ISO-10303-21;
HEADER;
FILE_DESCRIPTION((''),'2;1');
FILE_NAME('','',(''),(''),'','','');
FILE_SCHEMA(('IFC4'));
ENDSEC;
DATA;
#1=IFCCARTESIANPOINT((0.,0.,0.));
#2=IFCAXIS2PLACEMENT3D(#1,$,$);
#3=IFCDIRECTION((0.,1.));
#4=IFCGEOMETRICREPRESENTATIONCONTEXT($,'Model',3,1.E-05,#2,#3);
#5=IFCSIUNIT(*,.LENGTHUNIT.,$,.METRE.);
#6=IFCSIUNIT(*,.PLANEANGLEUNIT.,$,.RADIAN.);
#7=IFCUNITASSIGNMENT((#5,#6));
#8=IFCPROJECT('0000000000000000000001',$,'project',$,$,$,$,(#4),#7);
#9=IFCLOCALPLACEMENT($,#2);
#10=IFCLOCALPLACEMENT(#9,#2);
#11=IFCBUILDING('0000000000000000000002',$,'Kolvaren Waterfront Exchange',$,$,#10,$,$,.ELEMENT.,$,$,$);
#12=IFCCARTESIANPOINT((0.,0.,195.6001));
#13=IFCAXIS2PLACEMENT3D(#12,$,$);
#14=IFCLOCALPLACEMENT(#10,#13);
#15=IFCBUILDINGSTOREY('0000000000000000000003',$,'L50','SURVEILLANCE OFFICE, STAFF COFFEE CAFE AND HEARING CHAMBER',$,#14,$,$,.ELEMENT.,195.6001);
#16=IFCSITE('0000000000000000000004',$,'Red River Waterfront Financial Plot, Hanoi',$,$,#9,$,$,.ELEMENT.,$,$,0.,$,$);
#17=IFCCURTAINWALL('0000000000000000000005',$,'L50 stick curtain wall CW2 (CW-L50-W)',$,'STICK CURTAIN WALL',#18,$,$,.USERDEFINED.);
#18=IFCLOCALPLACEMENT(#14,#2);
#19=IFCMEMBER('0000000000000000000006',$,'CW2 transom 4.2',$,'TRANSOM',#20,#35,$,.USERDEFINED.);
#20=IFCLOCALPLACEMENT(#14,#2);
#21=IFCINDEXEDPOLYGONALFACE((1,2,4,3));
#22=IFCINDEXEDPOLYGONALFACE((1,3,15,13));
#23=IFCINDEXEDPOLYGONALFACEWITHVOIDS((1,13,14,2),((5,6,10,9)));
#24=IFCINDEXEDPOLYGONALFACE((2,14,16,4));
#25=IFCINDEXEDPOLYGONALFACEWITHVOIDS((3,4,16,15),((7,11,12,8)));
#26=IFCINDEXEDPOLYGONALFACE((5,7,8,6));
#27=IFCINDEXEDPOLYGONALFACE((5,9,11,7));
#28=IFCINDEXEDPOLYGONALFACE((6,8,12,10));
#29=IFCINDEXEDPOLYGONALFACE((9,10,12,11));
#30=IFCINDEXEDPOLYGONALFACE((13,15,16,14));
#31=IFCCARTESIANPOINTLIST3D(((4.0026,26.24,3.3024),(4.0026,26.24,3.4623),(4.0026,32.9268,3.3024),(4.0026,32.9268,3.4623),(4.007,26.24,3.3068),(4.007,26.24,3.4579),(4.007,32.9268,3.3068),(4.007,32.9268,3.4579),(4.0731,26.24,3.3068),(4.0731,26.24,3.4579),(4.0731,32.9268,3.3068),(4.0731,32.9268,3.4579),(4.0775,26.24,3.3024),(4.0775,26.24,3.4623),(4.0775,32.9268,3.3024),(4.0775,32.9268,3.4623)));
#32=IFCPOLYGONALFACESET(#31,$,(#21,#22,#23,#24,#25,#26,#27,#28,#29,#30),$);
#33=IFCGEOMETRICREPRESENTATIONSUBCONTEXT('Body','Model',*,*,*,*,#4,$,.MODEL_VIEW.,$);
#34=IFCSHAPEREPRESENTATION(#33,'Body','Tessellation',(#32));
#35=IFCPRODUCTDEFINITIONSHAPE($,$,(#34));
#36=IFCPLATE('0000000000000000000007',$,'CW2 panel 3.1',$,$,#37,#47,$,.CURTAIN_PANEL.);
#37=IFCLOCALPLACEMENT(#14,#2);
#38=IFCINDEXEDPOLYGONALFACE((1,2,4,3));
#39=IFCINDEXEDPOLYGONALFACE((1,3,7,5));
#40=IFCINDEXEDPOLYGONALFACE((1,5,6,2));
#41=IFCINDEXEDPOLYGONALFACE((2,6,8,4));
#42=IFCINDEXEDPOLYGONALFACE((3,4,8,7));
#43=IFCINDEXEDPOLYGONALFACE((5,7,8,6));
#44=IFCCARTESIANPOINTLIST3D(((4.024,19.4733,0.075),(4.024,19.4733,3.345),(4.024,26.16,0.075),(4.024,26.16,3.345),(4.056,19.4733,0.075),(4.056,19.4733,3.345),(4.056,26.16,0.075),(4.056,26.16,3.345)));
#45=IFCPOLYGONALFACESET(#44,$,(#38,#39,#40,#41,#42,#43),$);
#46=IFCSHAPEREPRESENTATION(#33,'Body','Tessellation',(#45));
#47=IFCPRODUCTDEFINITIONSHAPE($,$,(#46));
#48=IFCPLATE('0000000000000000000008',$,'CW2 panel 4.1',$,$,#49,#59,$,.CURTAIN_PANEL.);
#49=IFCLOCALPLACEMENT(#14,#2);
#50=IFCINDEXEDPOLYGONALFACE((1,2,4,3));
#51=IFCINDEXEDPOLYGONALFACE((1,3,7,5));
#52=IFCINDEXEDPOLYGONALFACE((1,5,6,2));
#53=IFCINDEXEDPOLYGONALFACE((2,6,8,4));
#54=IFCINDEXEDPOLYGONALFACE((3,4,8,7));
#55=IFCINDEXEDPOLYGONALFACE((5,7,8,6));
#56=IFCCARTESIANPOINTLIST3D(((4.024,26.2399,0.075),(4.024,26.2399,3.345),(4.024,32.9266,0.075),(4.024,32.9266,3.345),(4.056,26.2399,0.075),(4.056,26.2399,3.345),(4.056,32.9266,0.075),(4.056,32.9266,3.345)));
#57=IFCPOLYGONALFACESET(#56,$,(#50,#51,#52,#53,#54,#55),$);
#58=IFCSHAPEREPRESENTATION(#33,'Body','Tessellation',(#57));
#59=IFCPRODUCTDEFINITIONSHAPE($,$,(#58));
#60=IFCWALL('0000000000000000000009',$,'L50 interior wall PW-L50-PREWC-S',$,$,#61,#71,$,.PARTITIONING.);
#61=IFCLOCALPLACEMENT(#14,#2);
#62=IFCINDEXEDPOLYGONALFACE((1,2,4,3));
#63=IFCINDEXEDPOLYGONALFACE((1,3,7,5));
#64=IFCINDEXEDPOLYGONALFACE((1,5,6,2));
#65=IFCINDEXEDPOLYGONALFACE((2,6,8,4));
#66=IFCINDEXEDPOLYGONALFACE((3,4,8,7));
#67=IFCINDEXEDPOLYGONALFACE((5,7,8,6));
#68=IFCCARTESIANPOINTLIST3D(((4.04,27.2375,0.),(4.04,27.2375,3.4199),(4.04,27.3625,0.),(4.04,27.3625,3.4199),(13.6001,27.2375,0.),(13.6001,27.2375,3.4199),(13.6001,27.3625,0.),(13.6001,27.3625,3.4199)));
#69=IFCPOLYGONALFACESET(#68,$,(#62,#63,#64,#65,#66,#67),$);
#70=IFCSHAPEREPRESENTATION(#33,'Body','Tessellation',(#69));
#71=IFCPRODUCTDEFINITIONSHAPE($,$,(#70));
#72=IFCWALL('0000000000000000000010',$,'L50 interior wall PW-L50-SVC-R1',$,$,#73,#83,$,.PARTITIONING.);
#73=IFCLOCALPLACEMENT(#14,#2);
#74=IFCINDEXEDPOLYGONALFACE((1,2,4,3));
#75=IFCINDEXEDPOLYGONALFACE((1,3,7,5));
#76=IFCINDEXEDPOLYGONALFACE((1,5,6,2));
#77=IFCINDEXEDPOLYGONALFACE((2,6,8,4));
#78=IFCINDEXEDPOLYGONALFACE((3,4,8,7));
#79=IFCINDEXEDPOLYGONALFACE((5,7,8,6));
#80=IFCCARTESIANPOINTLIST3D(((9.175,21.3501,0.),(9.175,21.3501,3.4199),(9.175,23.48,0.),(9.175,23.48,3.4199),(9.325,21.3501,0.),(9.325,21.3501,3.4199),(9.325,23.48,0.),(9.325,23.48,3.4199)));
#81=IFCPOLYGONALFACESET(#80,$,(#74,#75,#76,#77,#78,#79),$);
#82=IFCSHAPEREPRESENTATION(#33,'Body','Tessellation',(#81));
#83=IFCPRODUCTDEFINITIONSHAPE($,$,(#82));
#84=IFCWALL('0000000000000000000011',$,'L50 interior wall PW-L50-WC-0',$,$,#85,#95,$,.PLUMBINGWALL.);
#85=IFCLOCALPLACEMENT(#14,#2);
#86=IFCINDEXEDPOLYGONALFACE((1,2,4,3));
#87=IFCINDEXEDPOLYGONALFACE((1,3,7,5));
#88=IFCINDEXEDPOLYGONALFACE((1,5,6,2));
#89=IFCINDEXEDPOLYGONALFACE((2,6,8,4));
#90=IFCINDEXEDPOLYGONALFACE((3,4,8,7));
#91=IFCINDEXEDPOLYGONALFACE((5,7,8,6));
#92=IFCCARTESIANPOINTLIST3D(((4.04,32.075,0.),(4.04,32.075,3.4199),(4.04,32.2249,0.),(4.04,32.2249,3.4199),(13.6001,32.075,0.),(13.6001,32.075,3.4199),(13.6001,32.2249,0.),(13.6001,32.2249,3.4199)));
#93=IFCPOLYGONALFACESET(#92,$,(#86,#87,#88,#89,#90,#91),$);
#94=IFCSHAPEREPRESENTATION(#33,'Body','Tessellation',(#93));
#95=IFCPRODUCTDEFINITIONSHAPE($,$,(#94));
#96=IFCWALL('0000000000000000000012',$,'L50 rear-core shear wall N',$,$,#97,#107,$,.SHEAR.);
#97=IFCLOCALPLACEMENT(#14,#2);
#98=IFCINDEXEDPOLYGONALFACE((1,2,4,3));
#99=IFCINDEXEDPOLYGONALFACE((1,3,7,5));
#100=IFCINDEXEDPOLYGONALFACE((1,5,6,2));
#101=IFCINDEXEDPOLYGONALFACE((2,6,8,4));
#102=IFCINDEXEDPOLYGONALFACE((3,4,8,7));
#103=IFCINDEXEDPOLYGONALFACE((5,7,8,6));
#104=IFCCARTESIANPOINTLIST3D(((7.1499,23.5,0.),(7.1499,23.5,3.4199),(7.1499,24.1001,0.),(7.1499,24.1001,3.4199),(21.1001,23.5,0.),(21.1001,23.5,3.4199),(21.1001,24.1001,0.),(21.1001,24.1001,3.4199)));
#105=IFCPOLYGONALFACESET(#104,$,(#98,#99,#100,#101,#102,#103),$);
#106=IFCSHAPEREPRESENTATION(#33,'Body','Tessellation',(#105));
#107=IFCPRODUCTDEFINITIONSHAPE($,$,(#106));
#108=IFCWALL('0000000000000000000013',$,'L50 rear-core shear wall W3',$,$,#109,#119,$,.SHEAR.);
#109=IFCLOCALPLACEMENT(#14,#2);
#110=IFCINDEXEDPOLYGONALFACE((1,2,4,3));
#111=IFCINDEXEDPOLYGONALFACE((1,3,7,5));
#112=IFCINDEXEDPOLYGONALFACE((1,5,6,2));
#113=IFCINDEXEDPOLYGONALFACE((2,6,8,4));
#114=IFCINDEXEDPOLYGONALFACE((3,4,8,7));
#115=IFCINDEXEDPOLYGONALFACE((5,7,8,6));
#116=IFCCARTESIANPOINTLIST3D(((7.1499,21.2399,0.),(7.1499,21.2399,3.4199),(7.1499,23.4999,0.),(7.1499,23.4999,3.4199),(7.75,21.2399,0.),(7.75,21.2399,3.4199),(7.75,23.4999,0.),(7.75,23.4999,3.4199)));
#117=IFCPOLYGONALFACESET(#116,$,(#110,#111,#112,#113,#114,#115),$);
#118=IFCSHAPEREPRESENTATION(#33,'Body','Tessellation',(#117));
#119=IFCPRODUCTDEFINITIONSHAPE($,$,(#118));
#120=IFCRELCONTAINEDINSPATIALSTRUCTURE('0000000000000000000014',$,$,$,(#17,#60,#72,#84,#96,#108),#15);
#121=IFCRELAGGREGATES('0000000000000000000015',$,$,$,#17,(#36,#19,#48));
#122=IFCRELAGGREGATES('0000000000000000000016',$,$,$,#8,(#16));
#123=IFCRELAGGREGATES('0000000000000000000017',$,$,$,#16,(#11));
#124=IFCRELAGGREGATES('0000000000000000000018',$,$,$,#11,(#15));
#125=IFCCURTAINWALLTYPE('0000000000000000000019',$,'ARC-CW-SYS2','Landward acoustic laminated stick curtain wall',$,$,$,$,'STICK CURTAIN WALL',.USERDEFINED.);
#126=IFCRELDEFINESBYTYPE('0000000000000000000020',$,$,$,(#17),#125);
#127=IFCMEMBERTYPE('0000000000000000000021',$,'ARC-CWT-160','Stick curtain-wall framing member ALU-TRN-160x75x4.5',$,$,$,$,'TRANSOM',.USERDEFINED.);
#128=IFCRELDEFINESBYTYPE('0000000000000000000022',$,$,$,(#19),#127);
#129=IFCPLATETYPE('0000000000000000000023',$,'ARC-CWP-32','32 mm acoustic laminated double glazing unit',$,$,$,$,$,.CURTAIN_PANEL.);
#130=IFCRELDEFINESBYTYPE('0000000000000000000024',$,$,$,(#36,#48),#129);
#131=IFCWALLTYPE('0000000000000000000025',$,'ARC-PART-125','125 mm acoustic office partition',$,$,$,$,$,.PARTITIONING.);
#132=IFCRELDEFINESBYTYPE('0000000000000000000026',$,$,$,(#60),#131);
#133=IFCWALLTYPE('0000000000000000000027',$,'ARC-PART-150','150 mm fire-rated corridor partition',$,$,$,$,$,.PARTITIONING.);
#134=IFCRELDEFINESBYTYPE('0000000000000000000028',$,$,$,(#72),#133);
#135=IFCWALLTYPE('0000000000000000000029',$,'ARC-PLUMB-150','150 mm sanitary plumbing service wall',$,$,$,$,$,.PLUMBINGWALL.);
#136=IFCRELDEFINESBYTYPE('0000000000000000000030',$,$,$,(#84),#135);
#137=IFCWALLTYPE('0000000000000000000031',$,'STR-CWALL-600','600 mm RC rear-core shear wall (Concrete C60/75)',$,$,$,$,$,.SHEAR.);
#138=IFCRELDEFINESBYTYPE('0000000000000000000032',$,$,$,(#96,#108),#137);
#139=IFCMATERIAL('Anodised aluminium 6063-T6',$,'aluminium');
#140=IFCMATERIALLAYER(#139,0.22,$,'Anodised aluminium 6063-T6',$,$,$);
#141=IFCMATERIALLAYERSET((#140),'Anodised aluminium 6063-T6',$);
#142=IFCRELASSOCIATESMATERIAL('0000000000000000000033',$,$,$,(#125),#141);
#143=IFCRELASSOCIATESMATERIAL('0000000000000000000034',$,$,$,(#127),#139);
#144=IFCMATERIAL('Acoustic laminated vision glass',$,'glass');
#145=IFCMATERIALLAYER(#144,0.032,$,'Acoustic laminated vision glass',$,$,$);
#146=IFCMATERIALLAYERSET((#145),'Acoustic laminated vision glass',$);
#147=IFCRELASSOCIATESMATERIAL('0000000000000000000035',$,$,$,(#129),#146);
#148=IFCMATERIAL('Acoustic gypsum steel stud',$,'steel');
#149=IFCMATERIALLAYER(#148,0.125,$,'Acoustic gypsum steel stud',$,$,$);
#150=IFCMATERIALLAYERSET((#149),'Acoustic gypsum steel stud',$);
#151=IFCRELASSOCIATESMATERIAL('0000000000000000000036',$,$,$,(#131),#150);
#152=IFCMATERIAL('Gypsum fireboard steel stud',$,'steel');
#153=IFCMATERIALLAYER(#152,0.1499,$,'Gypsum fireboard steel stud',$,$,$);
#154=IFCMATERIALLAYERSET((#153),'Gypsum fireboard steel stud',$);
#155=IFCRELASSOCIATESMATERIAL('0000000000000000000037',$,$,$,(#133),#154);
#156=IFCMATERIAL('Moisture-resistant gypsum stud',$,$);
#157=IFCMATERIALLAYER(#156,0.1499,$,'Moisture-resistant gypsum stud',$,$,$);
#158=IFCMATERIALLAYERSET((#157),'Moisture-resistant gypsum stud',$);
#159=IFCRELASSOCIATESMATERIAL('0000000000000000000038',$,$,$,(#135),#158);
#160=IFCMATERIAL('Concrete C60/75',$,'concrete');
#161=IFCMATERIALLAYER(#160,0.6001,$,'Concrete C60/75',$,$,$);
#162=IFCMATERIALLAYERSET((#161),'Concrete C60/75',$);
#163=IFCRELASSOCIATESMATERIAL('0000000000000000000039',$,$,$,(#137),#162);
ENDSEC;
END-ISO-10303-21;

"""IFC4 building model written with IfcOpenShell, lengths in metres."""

from ifc_helpers import new_model, si_unit, direction, frame, frame_2d, origin, origin_with_axes, origin_2d, place, context, subcontext, project, spatial, rectangle, hollow_rectangle, extrude, source, transform, mapped, material, layer, layer_set, material_profile, profile_set, type_object, element, aggregate, save


model = new_model("IFC4")

# Units and contexts
model_context = context("Model", 3, precision=1e-05, world=origin(), true_north=direction((0.0, 1.0)))
body_context = subcontext(model_context, "Body", "Model", "MODEL_VIEW")
ifc_project = project(units=[si_unit("LENGTHUNIT", "METRE"), si_unit("PLANEANGLEUNIT", "RADIAN")], contexts=[model_context])

# Site, building, storey
site_placement = place(None, origin())
site = spatial("IfcSite", under=ifc_project, at=site_placement, Name="Red River Waterfront Financial Plot, Hanoi", CompositionType="ELEMENT", RefElevation=0.0)
building_placement = place(site_placement, origin())
building = spatial("IfcBuilding", under=site, at=building_placement, Name="Kolvaren Waterfront Exchange", CompositionType="ELEMENT")
storey_placement = place(building_placement, frame((0.0, 0.0, 195.6001)))
storey = spatial("IfcBuildingStorey", under=building, at=storey_placement, Name="L50", Description="SURVEILLANCE OFFICE, STAFF COFFEE CAFE AND HEARING CHAMBER", CompositionType="ELEMENT", Elevation=195.6001)

# Shared definitions
ifc_material_1 = material(Name="Concrete C60/75", Category="concrete")

# Curtain wall, member, plates
ifc_material_2 = material(Name="Anodised aluminium 6063-T6", Category="aluminium")
ifc_layer_1 = layer(ifc_material_2, 0.22, Name="Anodised aluminium 6063-T6")
ifc_layer_set_1 = layer_set([ifc_layer_1], Name="Anodised aluminium 6063-T6")
curtain_wall_type = type_object("IfcCurtainWallType", Name="ARC-CW-SYS2", Description="Landward acoustic laminated stick curtain wall", ElementType="STICK CURTAIN WALL", PredefinedType="USERDEFINED", material=ifc_layer_set_1)
curtain_wall_placement = place(storey_placement, origin())
curtain_wall = element("IfcCurtainWall", 1, at=curtain_wall_placement, inside=storey, type_object=curtain_wall_type, Name="L50 stick curtain wall CW2 (CW-L50-W)", ObjectType="STICK CURTAIN WALL", PredefinedType="USERDEFINED")
ifc_material_profile_1 = material_profile(ifc_material_2, hollow_rectangle(XDim=0.075, YDim=0.1599, WallThickness=0.0044, at=origin_2d()), Name="ALU-TRN-160x75x4.5")
ifc_profile_set_1 = profile_set([ifc_material_profile_1], Name="Anodised aluminium 6063-T6")
member_type_1 = type_object("IfcMemberType", Name="ARC-CWT-160", Description="Stick curtain-wall framing member ALU-TRN-160x75x4.5", ElementType="TRANSOM", PredefinedType="USERDEFINED", material=ifc_profile_set_1)
shared_shape_1 = source(origin_with_axes(), body_context, "Body", "SweptSolid", [
    extrude(hollow_rectangle(XDim=0.075, YDim=0.1599, WallThickness=0.0044, at=origin_2d()), origin(), (0.0, 0.0, 1.0), 6.6868),
])
member_1_placement = place(storey_placement, frame((4.04, 26.24, 3.3823), z_axis=(0.0, 1.0, 0.0), x_axis=(-1.0, 0.0, 0.0)))
member_1 = element("IfcMember", 2, at=member_1_placement, type_object=member_type_1, Name="CW2 transom 4.2", ObjectType="TRANSOM", PredefinedType="USERDEFINED", context=body_context, shape_type="MappedRepresentation", body=[
    mapped(shared_shape_1, transform((0.0, 0.0, 0.0), x_axis=(1.0, 0.0, 0.0), y_axis=(0.0, 1.0, 0.0), z_axis=(0.0, 0.0, 1.0), scale=1.0)),
])
ifc_material_3 = material(Name="Acoustic laminated vision glass", Category="glass")
ifc_layer_2 = layer(ifc_material_3, 0.032, Name="Acoustic laminated vision glass")
ifc_layer_set_2 = layer_set([ifc_layer_2], Name="Acoustic laminated vision glass")
plate_type = type_object("IfcPlateType", Name="ARC-CWP-32", Description="32 mm acoustic laminated double glazing unit", PredefinedType="CURTAIN_PANEL", material=ifc_layer_set_2)
shared_shape_2 = source(origin_with_axes(), body_context, "Body", "SweptSolid", [
    extrude(rectangle(XDim=6.6868, YDim=0.032, at=origin_2d()), origin(), (0.0, 0.0, 1.0), 3.27),
])
plate_1_placement = place(storey_placement, frame((4.04, 22.8167, 0.075), z_axis=(0.0, 0.0, 1.0), x_axis=(0.0, 1.0, 0.0)))
plate_1 = element("IfcPlate", 3, at=plate_1_placement, type_object=plate_type, Name="CW2 panel 3.1", PredefinedType="CURTAIN_PANEL", context=body_context, shape_type="MappedRepresentation", body=[
    mapped(shared_shape_2, transform((0.0, 0.0, 0.0), x_axis=(1.0, 0.0, 0.0), y_axis=(0.0, 1.0, 0.0), z_axis=(0.0, 0.0, 1.0), scale=1.0)),
])
plate_2_placement = place(storey_placement, frame((4.04, 29.5833, 0.075), z_axis=(0.0, 0.0, 1.0), x_axis=(0.0, 1.0, 0.0)))
plate_2 = element("IfcPlate", 4, at=plate_2_placement, type_object=plate_type, Name="CW2 panel 4.1", PredefinedType="CURTAIN_PANEL", context=body_context, shape_type="MappedRepresentation", body=[
    mapped(shared_shape_2, transform((0.0, 0.0, 0.0), x_axis=(1.0, 0.0, 0.0), y_axis=(0.0, 1.0, 0.0), z_axis=(0.0, 0.0, 1.0), scale=1.0)),
])
aggregate(curtain_wall, [plate_1, member_1, plate_2])

# Shared definitions
ifc_material_4 = material(Name="Acoustic gypsum steel stud", Category="steel")
ifc_layer_3 = layer(ifc_material_4, 0.125, Name="Acoustic gypsum steel stud")
ifc_layer_set_3 = layer_set([ifc_layer_3], Name="Acoustic gypsum steel stud")
wall_type_1 = type_object("IfcWallType", Name="ARC-PART-125", Description="125 mm acoustic office partition", PredefinedType="PARTITIONING", material=ifc_layer_set_3)

# Walls
wall_1_placement = place(storey_placement, frame((4.04, 27.3, 0.0), z_axis=(0.0, 0.0, 1.0), x_axis=(1.0, 0.0, 0.0)))
element("IfcWall", 5, at=wall_1_placement, inside=storey, type_object=wall_type_1, Name="L50 interior wall PW-L50-PREWC-S", PredefinedType="PARTITIONING", context=body_context, shape_type="SweptSolid", body=[
    extrude(rectangle(XDim=9.5601, YDim=0.125, at=frame_2d((4.78, 0.0))), origin(), (0.0, 0.0, 1.0), 3.4199),
])
ifc_material_5 = material(Name="Gypsum fireboard steel stud", Category="steel")
ifc_layer_4 = layer(ifc_material_5, 0.1499, Name="Gypsum fireboard steel stud")
ifc_layer_set_4 = layer_set([ifc_layer_4], Name="Gypsum fireboard steel stud")
wall_type_2 = type_object("IfcWallType", Name="ARC-PART-150", Description="150 mm fire-rated corridor partition", PredefinedType="PARTITIONING", material=ifc_layer_set_4)
wall_2_placement = place(storey_placement, frame((9.25, 21.3501, 0.0), z_axis=(0.0, 0.0, 1.0), x_axis=(0.0, 1.0, 0.0)))
element("IfcWall", 6, at=wall_2_placement, inside=storey, type_object=wall_type_2, Name="L50 interior wall PW-L50-SVC-R1", PredefinedType="PARTITIONING", context=body_context, shape_type="SweptSolid", body=[
    extrude(rectangle(XDim=2.1299, YDim=0.1499, at=frame_2d((1.0649, 0.0))), origin(), (0.0, 0.0, 1.0), 3.4199),
])

# Walls
ifc_material_6 = material(Name="Moisture-resistant gypsum stud")
ifc_layer_5 = layer(ifc_material_6, 0.1499, Name="Moisture-resistant gypsum stud")
ifc_layer_set_5 = layer_set([ifc_layer_5], Name="Moisture-resistant gypsum stud")
wall_type_3 = type_object("IfcWallType", Name="ARC-PLUMB-150", Description="150 mm sanitary plumbing service wall", PredefinedType="PLUMBINGWALL", material=ifc_layer_set_5)
wall_3_placement = place(storey_placement, frame((4.04, 32.1499, 0.0), z_axis=(0.0, 0.0, 1.0), x_axis=(1.0, 0.0, 0.0)))
element("IfcWall", 7, at=wall_3_placement, inside=storey, type_object=wall_type_3, Name="L50 interior wall PW-L50-WC-0", PredefinedType="PLUMBINGWALL", context=body_context, shape_type="SweptSolid", body=[
    extrude(rectangle(XDim=9.5601, YDim=0.1499, at=frame_2d((4.78, 0.0))), origin(), (0.0, 0.0, 1.0), 3.4199),
])
ifc_layer_6 = layer(ifc_material_1, 0.6001, Name="Concrete C60/75")
ifc_layer_set_6 = layer_set([ifc_layer_6], Name="Concrete C60/75")
wall_type_4 = type_object("IfcWallType", Name="STR-CWALL-600", Description="600 mm RC rear-core shear wall (Concrete C60/75)", PredefinedType="SHEAR", material=ifc_layer_set_6)
wall_4_placement = place(storey_placement, frame((7.1499, 23.8, 0.0), z_axis=(0.0, 0.0, 1.0), x_axis=(1.0, 0.0, 0.0)))
element("IfcWall", 8, at=wall_4_placement, inside=storey, type_object=wall_type_4, Name="L50 rear-core shear wall N", PredefinedType="SHEAR", context=body_context, shape_type="SweptSolid", body=[
    extrude(rectangle(XDim=13.9502, YDim=0.6001, at=frame_2d((6.9751, 0.0))), origin(), (0.0, 0.0, 1.0), 3.4199),
])
wall_5_placement = place(storey_placement, frame((7.45, 21.24, 0.0), z_axis=(0.0, 0.0, 1.0), x_axis=(0.0, 1.0, 0.0)))
element("IfcWall", 9, at=wall_5_placement, inside=storey, type_object=wall_type_4, Name="L50 rear-core shear wall W3", PredefinedType="SHEAR", context=body_context, shape_type="SweptSolid", body=[
    extrude(rectangle(XDim=2.26, YDim=0.6001, at=frame_2d((1.1299, 0.0))), origin(), (0.0, 0.0, 1.0), 3.4199),
])

save(model, "model.ifc")
